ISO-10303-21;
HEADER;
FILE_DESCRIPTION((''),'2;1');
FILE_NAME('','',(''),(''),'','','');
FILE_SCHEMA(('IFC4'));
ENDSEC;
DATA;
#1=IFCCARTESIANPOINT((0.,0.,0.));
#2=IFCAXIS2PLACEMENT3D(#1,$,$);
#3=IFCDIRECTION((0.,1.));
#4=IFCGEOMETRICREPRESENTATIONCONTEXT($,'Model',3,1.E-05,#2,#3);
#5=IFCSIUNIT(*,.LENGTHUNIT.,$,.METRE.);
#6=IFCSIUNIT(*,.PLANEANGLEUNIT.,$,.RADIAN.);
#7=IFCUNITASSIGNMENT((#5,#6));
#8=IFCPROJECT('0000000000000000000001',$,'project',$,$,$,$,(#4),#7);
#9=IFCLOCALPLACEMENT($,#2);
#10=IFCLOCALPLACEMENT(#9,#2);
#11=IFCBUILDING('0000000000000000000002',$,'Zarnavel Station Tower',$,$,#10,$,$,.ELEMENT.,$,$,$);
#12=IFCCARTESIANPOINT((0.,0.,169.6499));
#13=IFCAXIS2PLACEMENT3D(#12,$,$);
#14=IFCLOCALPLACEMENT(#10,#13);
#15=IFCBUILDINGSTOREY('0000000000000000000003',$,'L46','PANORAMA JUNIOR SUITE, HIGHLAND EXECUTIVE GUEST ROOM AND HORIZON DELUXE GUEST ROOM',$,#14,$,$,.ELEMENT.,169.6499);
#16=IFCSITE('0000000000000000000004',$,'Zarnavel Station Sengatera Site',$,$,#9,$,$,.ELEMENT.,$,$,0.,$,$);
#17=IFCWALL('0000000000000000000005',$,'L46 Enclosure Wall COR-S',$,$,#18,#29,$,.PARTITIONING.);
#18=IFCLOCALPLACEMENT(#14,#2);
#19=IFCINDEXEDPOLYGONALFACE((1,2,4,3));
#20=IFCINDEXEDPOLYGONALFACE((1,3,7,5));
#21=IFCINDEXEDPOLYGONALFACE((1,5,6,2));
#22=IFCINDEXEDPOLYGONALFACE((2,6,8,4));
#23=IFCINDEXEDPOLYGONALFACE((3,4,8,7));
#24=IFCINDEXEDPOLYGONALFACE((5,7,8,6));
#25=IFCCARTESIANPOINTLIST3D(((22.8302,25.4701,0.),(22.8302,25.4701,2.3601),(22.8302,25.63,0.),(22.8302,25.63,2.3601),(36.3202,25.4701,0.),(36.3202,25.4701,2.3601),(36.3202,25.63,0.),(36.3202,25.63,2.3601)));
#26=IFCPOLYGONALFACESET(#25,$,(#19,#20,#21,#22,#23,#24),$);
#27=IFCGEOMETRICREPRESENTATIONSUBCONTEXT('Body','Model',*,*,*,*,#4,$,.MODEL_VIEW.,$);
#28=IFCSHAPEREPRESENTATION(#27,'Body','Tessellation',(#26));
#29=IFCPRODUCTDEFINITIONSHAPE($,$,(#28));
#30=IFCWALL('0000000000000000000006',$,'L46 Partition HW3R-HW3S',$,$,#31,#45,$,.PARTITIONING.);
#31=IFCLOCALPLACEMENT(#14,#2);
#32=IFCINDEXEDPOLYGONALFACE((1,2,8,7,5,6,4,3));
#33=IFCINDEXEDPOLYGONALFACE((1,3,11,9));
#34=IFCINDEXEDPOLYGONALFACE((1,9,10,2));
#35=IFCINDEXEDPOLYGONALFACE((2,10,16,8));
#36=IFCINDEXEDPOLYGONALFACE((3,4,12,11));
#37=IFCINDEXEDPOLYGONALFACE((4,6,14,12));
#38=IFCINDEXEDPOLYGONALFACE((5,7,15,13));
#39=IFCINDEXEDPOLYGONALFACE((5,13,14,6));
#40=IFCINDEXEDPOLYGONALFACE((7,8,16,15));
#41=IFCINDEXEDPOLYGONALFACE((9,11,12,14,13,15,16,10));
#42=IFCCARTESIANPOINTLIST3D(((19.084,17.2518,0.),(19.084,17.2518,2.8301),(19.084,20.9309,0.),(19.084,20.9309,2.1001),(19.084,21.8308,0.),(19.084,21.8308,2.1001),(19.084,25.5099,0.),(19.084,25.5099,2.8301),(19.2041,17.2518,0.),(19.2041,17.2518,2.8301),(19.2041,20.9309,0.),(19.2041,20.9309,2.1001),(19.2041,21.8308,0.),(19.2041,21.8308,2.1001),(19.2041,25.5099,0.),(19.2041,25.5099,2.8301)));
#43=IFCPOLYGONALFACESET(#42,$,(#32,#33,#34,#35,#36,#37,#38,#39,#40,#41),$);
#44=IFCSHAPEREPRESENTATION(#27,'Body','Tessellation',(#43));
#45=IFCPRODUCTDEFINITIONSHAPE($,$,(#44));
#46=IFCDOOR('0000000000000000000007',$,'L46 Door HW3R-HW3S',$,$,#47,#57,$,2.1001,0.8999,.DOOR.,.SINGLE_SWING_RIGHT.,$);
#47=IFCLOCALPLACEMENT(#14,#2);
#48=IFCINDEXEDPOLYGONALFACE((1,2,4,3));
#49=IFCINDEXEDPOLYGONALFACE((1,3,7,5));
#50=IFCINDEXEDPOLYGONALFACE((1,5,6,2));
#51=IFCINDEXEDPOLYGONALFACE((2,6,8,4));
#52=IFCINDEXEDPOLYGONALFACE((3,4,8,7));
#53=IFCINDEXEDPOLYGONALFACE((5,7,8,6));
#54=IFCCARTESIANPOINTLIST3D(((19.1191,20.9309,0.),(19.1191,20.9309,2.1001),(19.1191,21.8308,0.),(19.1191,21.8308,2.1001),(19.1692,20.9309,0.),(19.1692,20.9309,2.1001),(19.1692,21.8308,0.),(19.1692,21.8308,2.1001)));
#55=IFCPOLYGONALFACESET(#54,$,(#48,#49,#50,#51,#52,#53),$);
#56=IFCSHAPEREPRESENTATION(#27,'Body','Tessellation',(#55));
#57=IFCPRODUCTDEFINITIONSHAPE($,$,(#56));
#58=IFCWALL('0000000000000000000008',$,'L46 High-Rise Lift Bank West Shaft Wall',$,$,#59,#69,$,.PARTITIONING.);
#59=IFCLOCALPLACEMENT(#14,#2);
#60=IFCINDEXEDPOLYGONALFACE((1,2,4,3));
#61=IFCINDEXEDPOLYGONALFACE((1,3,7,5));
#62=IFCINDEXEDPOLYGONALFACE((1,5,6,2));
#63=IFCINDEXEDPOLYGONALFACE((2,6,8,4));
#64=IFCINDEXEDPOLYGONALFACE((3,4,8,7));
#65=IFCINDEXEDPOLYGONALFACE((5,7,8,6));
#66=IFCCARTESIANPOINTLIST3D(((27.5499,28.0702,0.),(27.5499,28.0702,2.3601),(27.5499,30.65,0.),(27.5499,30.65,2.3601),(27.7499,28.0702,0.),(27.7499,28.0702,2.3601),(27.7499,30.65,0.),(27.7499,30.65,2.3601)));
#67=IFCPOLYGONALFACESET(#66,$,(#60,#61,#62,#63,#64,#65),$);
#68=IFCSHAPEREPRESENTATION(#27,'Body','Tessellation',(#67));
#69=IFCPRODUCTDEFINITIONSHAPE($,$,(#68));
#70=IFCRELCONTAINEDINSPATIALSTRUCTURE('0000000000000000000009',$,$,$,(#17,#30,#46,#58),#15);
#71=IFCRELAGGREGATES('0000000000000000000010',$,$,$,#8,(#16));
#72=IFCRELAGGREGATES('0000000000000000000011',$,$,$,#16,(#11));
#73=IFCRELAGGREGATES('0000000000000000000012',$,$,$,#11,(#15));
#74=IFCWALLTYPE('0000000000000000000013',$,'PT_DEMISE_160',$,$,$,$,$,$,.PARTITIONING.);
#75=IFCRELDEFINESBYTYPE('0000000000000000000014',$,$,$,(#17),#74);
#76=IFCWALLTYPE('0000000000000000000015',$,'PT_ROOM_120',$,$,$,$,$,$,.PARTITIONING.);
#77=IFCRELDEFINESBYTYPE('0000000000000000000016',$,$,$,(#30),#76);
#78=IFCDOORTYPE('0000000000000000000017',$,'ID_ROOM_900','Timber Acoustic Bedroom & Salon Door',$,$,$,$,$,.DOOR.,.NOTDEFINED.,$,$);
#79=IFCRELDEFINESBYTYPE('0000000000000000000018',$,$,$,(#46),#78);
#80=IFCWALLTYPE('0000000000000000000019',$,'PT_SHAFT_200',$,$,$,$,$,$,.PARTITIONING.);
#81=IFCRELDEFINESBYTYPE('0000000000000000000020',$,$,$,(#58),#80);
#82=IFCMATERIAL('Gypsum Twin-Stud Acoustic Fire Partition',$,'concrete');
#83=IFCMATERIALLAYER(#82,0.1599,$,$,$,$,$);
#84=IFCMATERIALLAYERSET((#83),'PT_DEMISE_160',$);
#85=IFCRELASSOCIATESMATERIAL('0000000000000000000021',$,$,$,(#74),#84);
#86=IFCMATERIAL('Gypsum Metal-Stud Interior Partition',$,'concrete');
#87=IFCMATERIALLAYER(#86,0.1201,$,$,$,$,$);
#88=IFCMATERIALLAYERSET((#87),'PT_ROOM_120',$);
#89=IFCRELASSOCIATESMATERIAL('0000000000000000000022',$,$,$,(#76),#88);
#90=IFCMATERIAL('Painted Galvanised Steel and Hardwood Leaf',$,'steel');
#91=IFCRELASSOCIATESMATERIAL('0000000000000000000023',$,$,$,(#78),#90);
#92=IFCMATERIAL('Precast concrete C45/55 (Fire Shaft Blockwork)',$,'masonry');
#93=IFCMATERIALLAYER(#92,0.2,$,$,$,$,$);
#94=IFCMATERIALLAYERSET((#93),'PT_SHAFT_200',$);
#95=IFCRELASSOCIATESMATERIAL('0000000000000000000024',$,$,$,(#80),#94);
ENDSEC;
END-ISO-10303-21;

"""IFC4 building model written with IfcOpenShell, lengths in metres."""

from ifc_helpers import new_model, si_unit, direction, frame, frame_2d, origin, place, context, subcontext, project, spatial, rectangle, extrude, material, layer, layer_set, type_object, element, fill, save


model = new_model("IFC4")

# Units and contexts
model_context = context("Model", 3, precision=1e-05, world=origin(), true_north=direction((0.0, 1.0)))
body_context = subcontext(model_context, "Body", "Model", "MODEL_VIEW")
ifc_project = project(units=[si_unit("LENGTHUNIT", "METRE"), si_unit("PLANEANGLEUNIT", "RADIAN")], contexts=[model_context])

# Site, building, storey
site_placement = place(None, origin())
site = spatial("IfcSite", under=ifc_project, at=site_placement, Name="Zarnavel Station Sengatera Site", CompositionType="ELEMENT", RefElevation=0.0)
building_placement = place(site_placement, origin())
building = spatial("IfcBuilding", under=site, at=building_placement, Name="Zarnavel Station Tower", CompositionType="ELEMENT")
storey_placement = place(building_placement, frame((0.0, 0.0, 169.6499)))
storey = spatial("IfcBuildingStorey", under=building, at=storey_placement, Name="L46", Description="PANORAMA JUNIOR SUITE, HIGHLAND EXECUTIVE GUEST ROOM AND HORIZON DELUXE GUEST ROOM", CompositionType="ELEMENT", Elevation=169.6499)

# Shared definitions
ifc_material_1 = material(Name="Gypsum Twin-Stud Acoustic Fire Partition", Category="concrete")
ifc_layer_1 = layer(ifc_material_1, 0.1599)
ifc_layer_set_1 = layer_set([ifc_layer_1], Name="PT_DEMISE_160")
wall_type_1 = type_object("IfcWallType", Name="PT_DEMISE_160", PredefinedType="PARTITIONING", material=ifc_layer_set_1)

# Wall
wall_1_placement = place(storey_placement, frame((22.8301, 25.55, 0.0), z_axis=(0.0, 0.0, 1.0), x_axis=(1.0, 0.0, 0.0)))
element("IfcWall", 1, at=wall_1_placement, inside=storey, type_object=wall_type_1, Name="L46 Enclosure Wall COR-S", PredefinedType="PARTITIONING", context=body_context, shape_type="SweptSolid", body=[
    extrude(rectangle(XDim=13.49, YDim=0.1599, at=frame_2d((6.7451, 0.0))), origin(), (0.0, 0.0, 1.0), 2.3601),
])

# Wall, opening, door
ifc_material_2 = material(Name="Gypsum Metal-Stud Interior Partition", Category="concrete")
ifc_layer_2 = layer(ifc_material_2, 0.1201)
ifc_layer_set_2 = layer_set([ifc_layer_2], Name="PT_ROOM_120")
wall_type_2 = type_object("IfcWallType", Name="PT_ROOM_120", PredefinedType="PARTITIONING", material=ifc_layer_set_2)
wall_2_placement = place(storey_placement, frame((19.144, 17.252, 0.0), z_axis=(0.0, 0.0, 1.0), x_axis=(0.0, 1.0, 0.0)))
wall_2 = element("IfcWall", 2, at=wall_2_placement, inside=storey, type_object=wall_type_2, Name="L46 Partition HW3R-HW3S", PredefinedType="PARTITIONING", context=body_context, shape_type="SweptSolid", body=[
    extrude(rectangle(XDim=8.2581, YDim=0.1201, at=frame_2d((4.1289, 0.0))), origin(), (0.0, 0.0, 1.0), 2.8301),
])
opening_1_placement = place(wall_2_placement, frame((3.679, 0.0, 0.0)))
opening_1 = element("IfcOpeningElement", 3, at=opening_1_placement, cuts=wall_2, PredefinedType="OPENING", context=body_context, shape_type="SweptSolid", body=[
    extrude(rectangle(XDim=0.8999, YDim=2.1001, at=frame_2d((0.45, 1.05))), frame((0.0, 0.0701, 0.0), z_axis=(0.0, -1.0, 0.0), x_axis=(1.0, 0.0, 0.0)), (0.0, 0.0, 1.0), 0.1401),
])
ifc_material_3 = material(Name="Painted Galvanised Steel and Hardwood Leaf", Category="steel")
door_type_1 = type_object("IfcDoorType", Name="ID_ROOM_900", Description="Timber Acoustic Bedroom & Salon Door", OperationType="NOTDEFINED", PredefinedType="DOOR", material=ifc_material_3)
door_1_placement = place(opening_1_placement, origin())
door_1 = element("IfcDoor", 4, at=door_1_placement, inside=storey, type_object=door_type_1, Name="L46 Door HW3R-HW3S", OperationType="SINGLE_SWING_RIGHT", OverallHeight=2.1001, OverallWidth=0.8999, PredefinedType="DOOR", context=body_context, shape_type="SweptSolid", body=[
    extrude(rectangle(XDim=0.8999, YDim=2.1001, at=frame_2d((0.45, 1.05))), frame((0.0, 0.0249, 0.0), z_axis=(0.0, -1.0, 0.0), x_axis=(1.0, 0.0, 0.0)), (0.0, 0.0, 1.0), 0.05),
])
fill(opening_1, door_1)
ifc_material_4 = material(Name="Precast concrete C45/55 (Fire Shaft Blockwork)", Category="masonry")
ifc_layer_3 = layer(ifc_material_4, 0.2)
ifc_layer_set_3 = layer_set([ifc_layer_3], Name="PT_SHAFT_200")
wall_type_3 = type_object("IfcWallType", Name="PT_SHAFT_200", PredefinedType="PARTITIONING", material=ifc_layer_set_3)

# Wall
wall_3_placement = place(storey_placement, frame((27.6499, 28.0701, 0.0), z_axis=(0.0, 0.0, 1.0), x_axis=(0.0, 1.0, 0.0)))
element("IfcWall", 5, at=wall_3_placement, inside=storey, type_object=wall_type_3, Name="L46 High-Rise Lift Bank West Shaft Wall", PredefinedType="PARTITIONING", context=body_context, shape_type="SweptSolid", body=[
    extrude(rectangle(XDim=2.5798, YDim=0.2, at=frame_2d((1.29, 0.0))), origin(), (0.0, 0.0, 1.0), 2.3601),
])

save(model, "model.ifc")
